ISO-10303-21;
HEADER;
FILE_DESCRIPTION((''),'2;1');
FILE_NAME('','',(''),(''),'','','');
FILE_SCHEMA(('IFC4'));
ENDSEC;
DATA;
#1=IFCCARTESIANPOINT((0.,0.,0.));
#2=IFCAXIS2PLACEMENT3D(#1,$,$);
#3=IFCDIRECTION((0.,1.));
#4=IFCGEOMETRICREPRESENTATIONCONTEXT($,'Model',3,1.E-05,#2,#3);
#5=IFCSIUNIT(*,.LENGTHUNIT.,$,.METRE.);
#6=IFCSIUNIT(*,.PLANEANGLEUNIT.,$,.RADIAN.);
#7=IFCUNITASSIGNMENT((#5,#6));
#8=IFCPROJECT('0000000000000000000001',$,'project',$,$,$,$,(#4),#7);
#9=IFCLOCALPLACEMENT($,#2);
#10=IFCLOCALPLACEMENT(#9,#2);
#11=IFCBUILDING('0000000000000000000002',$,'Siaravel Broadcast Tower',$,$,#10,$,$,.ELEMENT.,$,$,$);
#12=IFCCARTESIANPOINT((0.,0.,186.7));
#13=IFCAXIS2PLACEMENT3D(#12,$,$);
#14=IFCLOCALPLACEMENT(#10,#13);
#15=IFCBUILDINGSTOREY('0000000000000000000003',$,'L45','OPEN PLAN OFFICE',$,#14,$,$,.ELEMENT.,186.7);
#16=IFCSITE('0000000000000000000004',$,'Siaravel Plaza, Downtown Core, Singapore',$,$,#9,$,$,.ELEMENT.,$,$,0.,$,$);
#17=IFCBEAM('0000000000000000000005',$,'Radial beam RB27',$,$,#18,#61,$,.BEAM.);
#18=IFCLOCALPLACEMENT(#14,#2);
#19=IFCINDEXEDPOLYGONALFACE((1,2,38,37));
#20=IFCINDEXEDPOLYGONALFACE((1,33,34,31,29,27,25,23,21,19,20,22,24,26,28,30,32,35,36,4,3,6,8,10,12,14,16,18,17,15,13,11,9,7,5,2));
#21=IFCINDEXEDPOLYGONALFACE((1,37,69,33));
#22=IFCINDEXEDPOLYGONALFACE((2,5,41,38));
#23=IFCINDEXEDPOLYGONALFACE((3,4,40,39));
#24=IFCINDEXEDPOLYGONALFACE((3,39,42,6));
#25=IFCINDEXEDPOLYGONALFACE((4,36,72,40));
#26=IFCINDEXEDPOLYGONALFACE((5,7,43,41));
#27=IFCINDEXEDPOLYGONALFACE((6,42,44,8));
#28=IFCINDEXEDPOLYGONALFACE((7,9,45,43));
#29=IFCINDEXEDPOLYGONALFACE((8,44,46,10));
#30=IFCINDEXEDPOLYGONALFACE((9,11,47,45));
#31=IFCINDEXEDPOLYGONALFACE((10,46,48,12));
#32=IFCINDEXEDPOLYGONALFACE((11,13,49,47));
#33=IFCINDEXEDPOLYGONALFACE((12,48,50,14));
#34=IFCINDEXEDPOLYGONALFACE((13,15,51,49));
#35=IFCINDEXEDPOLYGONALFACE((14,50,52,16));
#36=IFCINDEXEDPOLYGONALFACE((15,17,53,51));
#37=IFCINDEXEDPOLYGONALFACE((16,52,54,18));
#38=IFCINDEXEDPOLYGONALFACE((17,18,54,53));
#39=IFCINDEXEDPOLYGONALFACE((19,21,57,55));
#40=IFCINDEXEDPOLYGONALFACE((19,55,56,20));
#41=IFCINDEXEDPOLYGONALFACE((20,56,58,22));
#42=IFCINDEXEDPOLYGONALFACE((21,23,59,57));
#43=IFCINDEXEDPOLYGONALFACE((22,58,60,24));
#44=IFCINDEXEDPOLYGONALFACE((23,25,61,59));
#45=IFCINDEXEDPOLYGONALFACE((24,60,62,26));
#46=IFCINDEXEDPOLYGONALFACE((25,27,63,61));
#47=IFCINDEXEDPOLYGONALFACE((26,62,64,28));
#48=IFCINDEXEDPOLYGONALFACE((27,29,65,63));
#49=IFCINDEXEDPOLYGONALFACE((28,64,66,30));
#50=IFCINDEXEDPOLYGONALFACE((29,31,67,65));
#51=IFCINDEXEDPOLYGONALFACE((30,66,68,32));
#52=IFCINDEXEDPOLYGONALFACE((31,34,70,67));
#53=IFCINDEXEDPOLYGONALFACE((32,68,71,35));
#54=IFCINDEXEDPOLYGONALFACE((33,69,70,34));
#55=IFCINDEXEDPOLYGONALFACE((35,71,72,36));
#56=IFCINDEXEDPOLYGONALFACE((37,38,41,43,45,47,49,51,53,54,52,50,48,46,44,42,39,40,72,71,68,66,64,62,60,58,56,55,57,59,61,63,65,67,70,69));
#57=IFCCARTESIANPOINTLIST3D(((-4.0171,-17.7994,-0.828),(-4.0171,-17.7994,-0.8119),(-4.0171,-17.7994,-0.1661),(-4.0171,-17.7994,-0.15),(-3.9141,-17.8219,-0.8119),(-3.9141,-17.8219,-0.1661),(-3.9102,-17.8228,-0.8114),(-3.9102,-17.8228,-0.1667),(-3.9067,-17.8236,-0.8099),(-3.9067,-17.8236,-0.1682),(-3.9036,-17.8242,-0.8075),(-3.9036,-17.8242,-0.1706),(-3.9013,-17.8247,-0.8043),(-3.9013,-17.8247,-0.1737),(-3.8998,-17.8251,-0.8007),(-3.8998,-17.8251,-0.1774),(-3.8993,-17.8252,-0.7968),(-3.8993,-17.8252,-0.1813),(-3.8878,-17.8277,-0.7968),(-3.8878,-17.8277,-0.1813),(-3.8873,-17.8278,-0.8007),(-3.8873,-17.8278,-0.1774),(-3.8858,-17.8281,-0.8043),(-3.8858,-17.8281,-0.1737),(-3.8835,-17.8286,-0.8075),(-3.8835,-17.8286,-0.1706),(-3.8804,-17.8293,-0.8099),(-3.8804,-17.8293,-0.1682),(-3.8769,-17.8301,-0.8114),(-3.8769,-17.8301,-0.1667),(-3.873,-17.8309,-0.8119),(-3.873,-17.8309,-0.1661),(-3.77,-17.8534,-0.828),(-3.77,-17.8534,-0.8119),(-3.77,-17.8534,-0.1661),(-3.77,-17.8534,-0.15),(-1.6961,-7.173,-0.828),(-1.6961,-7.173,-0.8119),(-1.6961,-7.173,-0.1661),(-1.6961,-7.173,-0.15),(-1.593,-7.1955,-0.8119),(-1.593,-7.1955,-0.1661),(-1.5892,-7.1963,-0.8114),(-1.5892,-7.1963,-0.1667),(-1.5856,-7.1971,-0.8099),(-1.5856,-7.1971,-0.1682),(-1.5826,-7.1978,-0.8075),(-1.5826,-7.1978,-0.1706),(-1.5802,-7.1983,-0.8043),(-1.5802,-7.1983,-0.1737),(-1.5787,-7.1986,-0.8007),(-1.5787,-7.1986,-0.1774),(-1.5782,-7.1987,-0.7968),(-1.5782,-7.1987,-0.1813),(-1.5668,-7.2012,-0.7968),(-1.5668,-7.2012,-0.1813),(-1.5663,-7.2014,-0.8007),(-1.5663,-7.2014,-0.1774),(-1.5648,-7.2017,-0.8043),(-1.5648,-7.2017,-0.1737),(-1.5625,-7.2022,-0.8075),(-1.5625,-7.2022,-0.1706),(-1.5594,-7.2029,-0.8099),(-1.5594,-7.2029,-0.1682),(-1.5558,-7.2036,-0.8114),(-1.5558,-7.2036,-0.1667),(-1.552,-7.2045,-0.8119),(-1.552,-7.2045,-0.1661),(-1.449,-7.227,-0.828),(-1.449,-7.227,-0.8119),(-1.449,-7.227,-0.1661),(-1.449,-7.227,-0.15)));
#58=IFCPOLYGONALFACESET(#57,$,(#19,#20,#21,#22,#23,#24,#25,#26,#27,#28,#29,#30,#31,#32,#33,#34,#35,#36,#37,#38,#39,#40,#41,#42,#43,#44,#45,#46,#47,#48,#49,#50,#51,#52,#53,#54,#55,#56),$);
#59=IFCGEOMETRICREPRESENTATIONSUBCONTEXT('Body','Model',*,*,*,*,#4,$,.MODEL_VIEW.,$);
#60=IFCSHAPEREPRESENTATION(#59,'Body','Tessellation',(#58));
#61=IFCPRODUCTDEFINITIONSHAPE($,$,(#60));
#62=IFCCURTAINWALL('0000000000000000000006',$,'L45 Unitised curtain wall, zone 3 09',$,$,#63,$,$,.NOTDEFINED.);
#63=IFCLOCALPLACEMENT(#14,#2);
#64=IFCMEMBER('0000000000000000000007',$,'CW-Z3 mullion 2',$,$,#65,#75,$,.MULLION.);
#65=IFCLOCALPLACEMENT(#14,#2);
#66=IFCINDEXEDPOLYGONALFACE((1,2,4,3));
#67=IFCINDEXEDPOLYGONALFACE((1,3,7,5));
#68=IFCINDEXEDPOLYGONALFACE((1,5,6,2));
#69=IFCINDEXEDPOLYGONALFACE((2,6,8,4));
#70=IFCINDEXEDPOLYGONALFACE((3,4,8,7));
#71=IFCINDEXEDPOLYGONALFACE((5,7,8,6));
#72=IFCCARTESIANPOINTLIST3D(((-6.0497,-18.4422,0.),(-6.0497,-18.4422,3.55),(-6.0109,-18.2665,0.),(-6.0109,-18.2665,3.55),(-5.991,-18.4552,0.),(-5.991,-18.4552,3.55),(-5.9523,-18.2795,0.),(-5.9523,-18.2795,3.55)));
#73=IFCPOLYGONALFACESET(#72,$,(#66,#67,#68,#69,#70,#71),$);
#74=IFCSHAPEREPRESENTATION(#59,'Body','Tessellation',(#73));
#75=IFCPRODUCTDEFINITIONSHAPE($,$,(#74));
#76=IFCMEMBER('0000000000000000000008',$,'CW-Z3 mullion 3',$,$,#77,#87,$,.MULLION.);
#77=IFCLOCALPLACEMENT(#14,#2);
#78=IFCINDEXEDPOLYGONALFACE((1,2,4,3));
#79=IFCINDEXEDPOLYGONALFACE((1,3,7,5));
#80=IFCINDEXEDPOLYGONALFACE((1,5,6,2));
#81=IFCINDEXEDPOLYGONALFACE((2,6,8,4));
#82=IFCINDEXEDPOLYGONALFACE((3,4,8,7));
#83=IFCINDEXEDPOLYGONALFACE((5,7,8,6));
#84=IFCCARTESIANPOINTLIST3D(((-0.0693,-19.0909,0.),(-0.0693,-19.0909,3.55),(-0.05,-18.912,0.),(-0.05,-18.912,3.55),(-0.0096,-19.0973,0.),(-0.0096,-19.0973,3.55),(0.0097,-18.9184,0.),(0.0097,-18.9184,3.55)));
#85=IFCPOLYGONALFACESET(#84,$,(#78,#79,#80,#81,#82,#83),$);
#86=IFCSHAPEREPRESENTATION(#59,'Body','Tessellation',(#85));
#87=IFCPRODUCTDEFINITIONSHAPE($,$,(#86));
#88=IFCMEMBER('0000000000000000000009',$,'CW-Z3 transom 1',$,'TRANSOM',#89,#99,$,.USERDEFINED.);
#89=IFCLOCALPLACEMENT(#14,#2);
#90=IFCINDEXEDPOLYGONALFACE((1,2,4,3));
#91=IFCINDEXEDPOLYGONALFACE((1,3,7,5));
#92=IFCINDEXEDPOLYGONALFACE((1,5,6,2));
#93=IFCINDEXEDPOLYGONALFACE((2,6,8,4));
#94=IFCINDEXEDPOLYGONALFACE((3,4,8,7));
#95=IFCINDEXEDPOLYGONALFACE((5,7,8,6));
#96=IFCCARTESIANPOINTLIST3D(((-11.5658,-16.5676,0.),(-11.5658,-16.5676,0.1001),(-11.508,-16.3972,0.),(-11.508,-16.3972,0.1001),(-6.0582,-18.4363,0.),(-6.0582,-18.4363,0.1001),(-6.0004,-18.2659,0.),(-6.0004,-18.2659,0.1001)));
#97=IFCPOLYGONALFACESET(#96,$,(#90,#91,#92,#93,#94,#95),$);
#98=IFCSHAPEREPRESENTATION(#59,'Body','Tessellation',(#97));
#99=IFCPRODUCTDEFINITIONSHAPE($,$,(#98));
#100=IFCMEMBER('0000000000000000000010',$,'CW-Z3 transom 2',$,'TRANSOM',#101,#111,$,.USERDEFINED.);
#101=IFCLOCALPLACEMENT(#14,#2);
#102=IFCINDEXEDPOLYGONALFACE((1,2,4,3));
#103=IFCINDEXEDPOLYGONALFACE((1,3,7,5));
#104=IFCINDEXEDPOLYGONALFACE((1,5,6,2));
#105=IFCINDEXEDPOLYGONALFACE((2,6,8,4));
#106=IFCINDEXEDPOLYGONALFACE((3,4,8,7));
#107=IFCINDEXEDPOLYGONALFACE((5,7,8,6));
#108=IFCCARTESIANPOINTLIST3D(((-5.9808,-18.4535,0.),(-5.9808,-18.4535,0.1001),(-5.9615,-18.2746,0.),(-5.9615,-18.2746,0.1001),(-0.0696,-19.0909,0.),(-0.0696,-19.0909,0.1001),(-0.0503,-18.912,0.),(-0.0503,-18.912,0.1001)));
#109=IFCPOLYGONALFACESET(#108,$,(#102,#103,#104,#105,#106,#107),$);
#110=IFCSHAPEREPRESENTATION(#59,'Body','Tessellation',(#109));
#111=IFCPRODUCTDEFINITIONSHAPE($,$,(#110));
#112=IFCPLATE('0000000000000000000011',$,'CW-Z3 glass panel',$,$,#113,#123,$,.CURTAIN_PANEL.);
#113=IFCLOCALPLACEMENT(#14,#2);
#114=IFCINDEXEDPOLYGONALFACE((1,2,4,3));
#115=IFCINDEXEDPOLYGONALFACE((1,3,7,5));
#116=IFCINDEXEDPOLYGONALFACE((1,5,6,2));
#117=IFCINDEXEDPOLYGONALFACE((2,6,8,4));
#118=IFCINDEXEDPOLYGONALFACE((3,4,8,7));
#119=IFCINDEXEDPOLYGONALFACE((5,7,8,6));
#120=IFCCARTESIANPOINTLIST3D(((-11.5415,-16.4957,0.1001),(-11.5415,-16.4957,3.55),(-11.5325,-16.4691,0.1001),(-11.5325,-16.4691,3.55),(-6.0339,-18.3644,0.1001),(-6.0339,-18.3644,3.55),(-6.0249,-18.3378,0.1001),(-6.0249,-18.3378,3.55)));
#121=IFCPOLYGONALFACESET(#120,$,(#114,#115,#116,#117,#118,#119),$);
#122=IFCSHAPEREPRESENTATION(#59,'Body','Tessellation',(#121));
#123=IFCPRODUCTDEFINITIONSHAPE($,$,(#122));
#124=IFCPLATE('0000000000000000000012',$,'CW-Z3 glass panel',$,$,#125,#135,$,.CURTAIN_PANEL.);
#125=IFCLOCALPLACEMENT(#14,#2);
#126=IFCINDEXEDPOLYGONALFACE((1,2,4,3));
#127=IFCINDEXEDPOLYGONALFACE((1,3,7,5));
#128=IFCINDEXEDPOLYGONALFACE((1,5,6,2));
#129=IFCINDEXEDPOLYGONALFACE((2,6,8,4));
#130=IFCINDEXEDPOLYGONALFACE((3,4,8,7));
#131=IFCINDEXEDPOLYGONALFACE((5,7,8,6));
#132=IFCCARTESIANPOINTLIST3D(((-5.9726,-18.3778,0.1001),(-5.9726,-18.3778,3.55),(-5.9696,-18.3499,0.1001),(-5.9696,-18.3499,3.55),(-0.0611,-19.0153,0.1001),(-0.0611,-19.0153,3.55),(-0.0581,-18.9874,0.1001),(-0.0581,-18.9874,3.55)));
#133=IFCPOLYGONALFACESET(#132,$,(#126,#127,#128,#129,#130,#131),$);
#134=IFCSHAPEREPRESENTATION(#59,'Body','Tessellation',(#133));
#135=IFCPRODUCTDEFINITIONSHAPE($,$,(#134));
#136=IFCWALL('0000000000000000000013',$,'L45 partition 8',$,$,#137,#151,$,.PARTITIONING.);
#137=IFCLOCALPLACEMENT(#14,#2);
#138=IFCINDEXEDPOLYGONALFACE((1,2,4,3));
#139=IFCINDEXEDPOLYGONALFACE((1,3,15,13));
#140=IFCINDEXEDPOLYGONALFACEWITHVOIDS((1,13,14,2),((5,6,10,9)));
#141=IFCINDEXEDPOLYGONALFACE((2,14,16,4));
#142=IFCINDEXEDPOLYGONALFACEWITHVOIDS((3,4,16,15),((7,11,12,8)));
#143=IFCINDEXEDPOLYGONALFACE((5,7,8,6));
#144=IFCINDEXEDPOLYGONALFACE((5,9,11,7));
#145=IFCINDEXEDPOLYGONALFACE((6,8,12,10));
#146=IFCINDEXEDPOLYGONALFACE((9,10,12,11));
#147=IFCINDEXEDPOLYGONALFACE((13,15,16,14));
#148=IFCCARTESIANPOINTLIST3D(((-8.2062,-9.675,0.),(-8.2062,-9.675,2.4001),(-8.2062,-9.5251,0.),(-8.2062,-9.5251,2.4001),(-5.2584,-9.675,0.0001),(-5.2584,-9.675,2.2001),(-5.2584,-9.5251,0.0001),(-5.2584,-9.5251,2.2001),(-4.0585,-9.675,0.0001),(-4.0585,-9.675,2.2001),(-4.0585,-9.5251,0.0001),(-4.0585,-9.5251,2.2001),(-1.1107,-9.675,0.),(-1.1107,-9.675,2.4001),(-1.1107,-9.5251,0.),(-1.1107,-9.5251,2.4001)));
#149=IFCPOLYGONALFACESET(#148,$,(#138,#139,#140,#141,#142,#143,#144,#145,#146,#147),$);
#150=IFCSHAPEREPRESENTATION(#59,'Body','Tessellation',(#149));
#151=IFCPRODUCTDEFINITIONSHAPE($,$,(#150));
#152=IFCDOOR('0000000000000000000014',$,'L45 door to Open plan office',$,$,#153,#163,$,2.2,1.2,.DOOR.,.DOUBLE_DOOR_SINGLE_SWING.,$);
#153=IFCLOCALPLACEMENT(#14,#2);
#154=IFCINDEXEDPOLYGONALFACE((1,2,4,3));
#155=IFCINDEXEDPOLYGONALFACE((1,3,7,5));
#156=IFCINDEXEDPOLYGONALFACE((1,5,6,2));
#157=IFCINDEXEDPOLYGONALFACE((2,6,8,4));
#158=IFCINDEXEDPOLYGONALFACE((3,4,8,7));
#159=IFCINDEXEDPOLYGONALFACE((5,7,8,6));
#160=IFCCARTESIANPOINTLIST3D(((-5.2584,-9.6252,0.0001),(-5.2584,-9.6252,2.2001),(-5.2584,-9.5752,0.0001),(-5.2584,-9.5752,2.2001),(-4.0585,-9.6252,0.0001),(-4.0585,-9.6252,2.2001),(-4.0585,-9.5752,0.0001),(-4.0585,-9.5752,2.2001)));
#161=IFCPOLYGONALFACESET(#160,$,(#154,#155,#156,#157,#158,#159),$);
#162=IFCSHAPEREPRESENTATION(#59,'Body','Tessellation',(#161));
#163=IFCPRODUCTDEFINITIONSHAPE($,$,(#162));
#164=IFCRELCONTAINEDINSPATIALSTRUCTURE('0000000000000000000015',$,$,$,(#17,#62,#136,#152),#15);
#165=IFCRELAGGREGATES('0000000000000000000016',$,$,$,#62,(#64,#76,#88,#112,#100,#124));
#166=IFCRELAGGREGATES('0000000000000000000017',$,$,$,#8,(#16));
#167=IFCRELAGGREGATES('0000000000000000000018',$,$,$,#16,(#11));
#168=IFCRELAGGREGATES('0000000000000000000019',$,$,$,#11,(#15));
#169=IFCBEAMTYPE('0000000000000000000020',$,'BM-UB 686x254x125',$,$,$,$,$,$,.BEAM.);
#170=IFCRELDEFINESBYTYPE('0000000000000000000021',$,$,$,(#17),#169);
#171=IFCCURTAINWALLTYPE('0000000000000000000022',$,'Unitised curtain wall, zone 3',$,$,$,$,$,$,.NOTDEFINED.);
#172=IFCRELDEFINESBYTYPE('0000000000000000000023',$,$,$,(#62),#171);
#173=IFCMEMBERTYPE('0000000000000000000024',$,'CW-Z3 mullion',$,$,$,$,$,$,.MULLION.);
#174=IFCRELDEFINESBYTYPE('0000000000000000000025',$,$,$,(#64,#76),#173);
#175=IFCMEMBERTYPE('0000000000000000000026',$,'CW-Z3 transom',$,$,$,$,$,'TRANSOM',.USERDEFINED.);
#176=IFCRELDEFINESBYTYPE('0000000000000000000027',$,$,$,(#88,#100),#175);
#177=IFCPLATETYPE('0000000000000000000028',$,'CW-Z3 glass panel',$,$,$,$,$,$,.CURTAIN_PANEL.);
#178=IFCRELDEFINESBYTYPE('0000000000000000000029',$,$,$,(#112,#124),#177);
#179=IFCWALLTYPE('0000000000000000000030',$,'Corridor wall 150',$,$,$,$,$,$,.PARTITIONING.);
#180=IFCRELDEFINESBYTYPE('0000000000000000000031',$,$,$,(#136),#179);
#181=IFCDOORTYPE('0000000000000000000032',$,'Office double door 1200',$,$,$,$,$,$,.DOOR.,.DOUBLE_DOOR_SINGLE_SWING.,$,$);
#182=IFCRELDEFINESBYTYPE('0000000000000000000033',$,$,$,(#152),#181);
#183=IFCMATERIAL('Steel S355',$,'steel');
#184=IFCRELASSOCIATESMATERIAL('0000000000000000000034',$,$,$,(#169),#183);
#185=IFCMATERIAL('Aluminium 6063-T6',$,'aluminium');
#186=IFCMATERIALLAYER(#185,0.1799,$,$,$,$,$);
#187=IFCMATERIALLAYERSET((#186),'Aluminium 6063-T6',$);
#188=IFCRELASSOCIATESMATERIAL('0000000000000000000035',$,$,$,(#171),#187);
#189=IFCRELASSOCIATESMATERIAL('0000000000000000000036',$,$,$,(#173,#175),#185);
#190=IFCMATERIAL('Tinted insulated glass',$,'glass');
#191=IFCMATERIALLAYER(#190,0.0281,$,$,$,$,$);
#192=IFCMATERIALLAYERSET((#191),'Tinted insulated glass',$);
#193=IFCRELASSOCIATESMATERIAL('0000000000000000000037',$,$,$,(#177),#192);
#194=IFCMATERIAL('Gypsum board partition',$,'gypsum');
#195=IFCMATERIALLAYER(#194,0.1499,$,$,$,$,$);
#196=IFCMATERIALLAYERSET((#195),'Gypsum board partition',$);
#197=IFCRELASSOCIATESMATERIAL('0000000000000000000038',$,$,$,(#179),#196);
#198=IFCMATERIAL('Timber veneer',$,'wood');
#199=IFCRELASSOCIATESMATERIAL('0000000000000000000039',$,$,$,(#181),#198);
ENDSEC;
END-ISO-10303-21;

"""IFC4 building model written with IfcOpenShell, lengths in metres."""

from ifc_helpers import new_model, si_unit, direction, frame, frame_2d, origin, origin_2d, place, context, subcontext, project, spatial, rectangle, i_section, extrude, material, layer, layer_set, material_profile, profile_set, type_object, element, fill, aggregate, save


model = new_model("IFC4")

# Units and contexts
model_context = context("Model", 3, precision=1e-05, world=origin(), true_north=direction((0.0, 1.0)))
body_context = subcontext(model_context, "Body", "Model", "MODEL_VIEW")
ifc_project = project(units=[si_unit("LENGTHUNIT", "METRE"), si_unit("PLANEANGLEUNIT", "RADIAN")], contexts=[model_context])

# Site, building, storey
site_placement = place(None, origin())
site = spatial("IfcSite", under=ifc_project, at=site_placement, Name="Siaravel Plaza, Downtown Core, Singapore", CompositionType="ELEMENT", RefElevation=0.0)
building_placement = place(site_placement, origin())
building = spatial("IfcBuilding", under=site, at=building_placement, Name="Siaravel Broadcast Tower", CompositionType="ELEMENT")
storey_placement = place(building_placement, frame((0.0, 0.0, 186.7)))
storey = spatial("IfcBuildingStorey", under=building, at=storey_placement, Name="L45", Description="OPEN PLAN OFFICE", CompositionType="ELEMENT", Elevation=186.7)

# Beam
ifc_material_1 = material(Name="Steel S355", Category="steel")
ifc_material_profile_1 = material_profile(ifc_material_1, i_section(OverallWidth=0.2529, OverallDepth=0.678, WebThickness=0.0117, FlangeThickness=0.0161, FilletRadius=0.0151, at=origin_2d()))
ifc_profile_set_1 = profile_set([ifc_material_profile_1], Name="Steel S355")
beam_type = type_object("IfcBeamType", Name="BM-UB 686x254x125", PredefinedType="BEAM", material=ifc_profile_set_1)
beam_1_placement = place(storey_placement, frame((-3.8936, -17.8264, -0.489), z_axis=(0.21339, 0.976967, 0.0), x_axis=(-0.976967, 0.21339, 0.0)))
element("IfcBeam", 1, at=beam_1_placement, inside=storey, type_object=beam_type, Name="Radial beam RB27", PredefinedType="BEAM", context=body_context, shape_type="SweptSolid", body=[
    extrude(i_section(OverallWidth=0.2529, OverallDepth=0.678, WebThickness=0.0117, FlangeThickness=0.0161, FilletRadius=0.0151, at=origin_2d()), origin(), (0.0, 0.0, 1.0), 10.877),
])

# Curtain wall, members, plates
ifc_material_2 = material(Name="Aluminium 6063-T6", Category="aluminium")
ifc_layer_1 = layer(ifc_material_2, 0.1799)
ifc_layer_set_1 = layer_set([ifc_layer_1], Name="Aluminium 6063-T6")
curtain_wall_type = type_object("IfcCurtainWallType", Name="Unitised curtain wall, zone 3", PredefinedType="NOTDEFINED", material=ifc_layer_set_1)
curtain_wall_placement = place(storey_placement, origin())
curtain_wall = element("IfcCurtainWall", 2, at=curtain_wall_placement, inside=storey, type_object=curtain_wall_type, Name="L45 Unitised curtain wall, zone 3 09", PredefinedType="NOTDEFINED")
ifc_material_profile_2 = material_profile(ifc_material_2, rectangle(XDim=0.1799, YDim=0.0601, at=origin_2d()))
ifc_profile_set_2 = profile_set([ifc_material_profile_2], Name="Aluminium 6063-T6")
member_type_1 = type_object("IfcMemberType", Name="CW-Z3 mullion", PredefinedType="MULLION", material=ifc_profile_set_2)
member_1_placement = place(storey_placement, frame((-6.001, -18.3608, 0.0), z_axis=(0.0, 0.0, 1.0), x_axis=(0.215558, 0.976491, 0.0)))
member_1 = element("IfcMember", 3, at=member_1_placement, type_object=member_type_1, Name="CW-Z3 mullion 2", PredefinedType="MULLION", context=body_context, shape_type="SweptSolid", body=[
    extrude(rectangle(XDim=0.1799, YDim=0.0601, at=origin_2d()), origin(), (0.0, 0.0, 1.0), 3.55),
])
member_2_placement = place(storey_placement, frame((-0.0298, -19.0046, 0.0), z_axis=(0.0, 0.0, 1.0), x_axis=(0.107217, 0.994236, 0.0)))
member_2 = element("IfcMember", 4, at=member_2_placement, type_object=member_type_1, Name="CW-Z3 mullion 3", PredefinedType="MULLION", context=body_context, shape_type="SweptSolid", body=[
    extrude(rectangle(XDim=0.1799, YDim=0.0601, at=origin_2d()), origin(), (0.0, 0.0, 1.0), 3.55),
])
ifc_material_profile_3 = material_profile(ifc_material_2, rectangle(XDim=0.1799, YDim=0.1001, at=origin_2d()))
ifc_profile_set_3 = profile_set([ifc_material_profile_3], Name="Aluminium 6063-T6")
member_type_2 = type_object("IfcMemberType", Name="CW-Z3 transom", ElementType="TRANSOM", PredefinedType="USERDEFINED", material=ifc_profile_set_3)
member_3_placement = place(storey_placement, frame((-11.5369, -16.4824, 0.05), z_axis=(0.946978, -0.321298, 0.0), x_axis=(0.321298, 0.946978, 0.0)))
member_3 = element("IfcMember", 5, at=member_3_placement, type_object=member_type_2, Name="CW-Z3 transom 1", ObjectType="TRANSOM", PredefinedType="USERDEFINED", context=body_context, shape_type="SweptSolid", body=[
    extrude(rectangle(XDim=0.1799, YDim=0.1001, at=origin_2d()), origin(), (0.0, 0.0, 1.0), 5.8159),
])
member_4_placement = place(storey_placement, frame((-5.9712, -18.364, 0.05), z_axis=(0.994236, -0.107213, 0.0), x_axis=(0.107213, 0.994236, 0.0)))
member_4 = element("IfcMember", 6, at=member_4_placement, type_object=member_type_2, Name="CW-Z3 transom 2", ObjectType="TRANSOM", PredefinedType="USERDEFINED", context=body_context, shape_type="SweptSolid", body=[
    extrude(rectangle(XDim=0.1799, YDim=0.1001, at=origin_2d()), origin(), (0.0, 0.0, 1.0), 5.9456),
])
ifc_material_3 = material(Name="Tinted insulated glass", Category="glass")
ifc_layer_2 = layer(ifc_material_3, 0.0281)
ifc_layer_set_2 = layer_set([ifc_layer_2], Name="Tinted insulated glass")
plate_type = type_object("IfcPlateType", Name="CW-Z3 glass panel", PredefinedType="CURTAIN_PANEL", material=ifc_layer_set_2)
plate_1_placement = place(storey_placement, frame((-8.7832, -17.4167, 0.1001), z_axis=(0.0, 0.0, 1.0), x_axis=(0.946977, -0.3213, 0.0)))
plate_1 = element("IfcPlate", 7, at=plate_1_placement, type_object=plate_type, Name="CW-Z3 glass panel", PredefinedType="CURTAIN_PANEL", context=body_context, shape_type="SweptSolid", body=[
    extrude(rectangle(XDim=5.8159, YDim=0.0281, at=origin_2d()), origin(), (0.0, 0.0, 1.0), 3.45),
])
plate_2_placement = place(storey_placement, frame((-3.0154, -18.6826, 0.1001), z_axis=(0.0, 0.0, 1.0), x_axis=(0.994236, -0.107217, 0.0)))
plate_2 = element("IfcPlate", 8, at=plate_2_placement, type_object=plate_type, Name="CW-Z3 glass panel", PredefinedType="CURTAIN_PANEL", context=body_context, shape_type="SweptSolid", body=[
    extrude(rectangle(XDim=5.9458, YDim=0.0281, at=origin_2d()), origin(), (0.0, 0.0, 1.0), 3.45),
])
aggregate(curtain_wall, [member_1, member_2, member_3, plate_1, member_4, plate_2])

# Wall, opening, door
ifc_material_4 = material(Name="Gypsum board partition", Category="gypsum")
ifc_layer_3 = layer(ifc_material_4, 0.1499)
ifc_layer_set_3 = layer_set([ifc_layer_3], Name="Gypsum board partition")
wall_type_1 = type_object("IfcWallType", Name="Corridor wall 150", PredefinedType="PARTITIONING", material=ifc_layer_set_3)
wall_1_placement = place(storey_placement, frame((-8.2063, -9.6001, 0.0), z_axis=(0.0, 0.0, 1.0), x_axis=(1.0, 0.0, 0.0)))
wall_1 = element("IfcWall", 9, at=wall_1_placement, inside=storey, type_object=wall_type_1, Name="L45 partition 8", PredefinedType="PARTITIONING", context=body_context, shape_type="SweptSolid", body=[
    extrude(rectangle(XDim=7.0955, YDim=0.1499, at=frame_2d((3.5479, 0.0))), origin(), (0.0, 0.0, 1.0), 2.4001),
])
opening_1_placement = place(wall_1_placement, frame((2.9478, 0.0, 0.0)))
opening_1 = element("IfcOpeningElement", 10, at=opening_1_placement, cuts=wall_1, PredefinedType="OPENING", context=body_context, shape_type="SweptSolid", body=[
    extrude(rectangle(XDim=1.2, YDim=2.2, at=frame_2d((0.6001, 1.1001))), frame((0.0, 0.085, 0.0), z_axis=(0.0, -1.0, 0.0), x_axis=(1.0, 0.0, 0.0)), (0.0, 0.0, 1.0), 0.1699),
])
ifc_material_5 = material(Name="Timber veneer", Category="wood")
door_type_1 = type_object("IfcDoorType", Name="Office double door 1200", OperationType="DOUBLE_DOOR_SINGLE_SWING", PredefinedType="DOOR", material=ifc_material_5)
door_1_placement = place(opening_1_placement, origin())
door_1 = element("IfcDoor", 11, at=door_1_placement, inside=storey, type_object=door_type_1, Name="L45 door to Open plan office", OperationType="DOUBLE_DOOR_SINGLE_SWING", OverallHeight=2.2, OverallWidth=1.2, PredefinedType="DOOR", context=body_context, shape_type="SweptSolid", body=[
    extrude(rectangle(XDim=1.2, YDim=2.2, at=frame_2d((0.6001, 1.1001))), frame((0.0, 0.0249, 0.0), z_axis=(0.0, -1.0, 0.0), x_axis=(1.0, 0.0, 0.0)), (0.0, 0.0, 1.0), 0.05),
])
fill(opening_1, door_1)

save(model, "model.ifc")
